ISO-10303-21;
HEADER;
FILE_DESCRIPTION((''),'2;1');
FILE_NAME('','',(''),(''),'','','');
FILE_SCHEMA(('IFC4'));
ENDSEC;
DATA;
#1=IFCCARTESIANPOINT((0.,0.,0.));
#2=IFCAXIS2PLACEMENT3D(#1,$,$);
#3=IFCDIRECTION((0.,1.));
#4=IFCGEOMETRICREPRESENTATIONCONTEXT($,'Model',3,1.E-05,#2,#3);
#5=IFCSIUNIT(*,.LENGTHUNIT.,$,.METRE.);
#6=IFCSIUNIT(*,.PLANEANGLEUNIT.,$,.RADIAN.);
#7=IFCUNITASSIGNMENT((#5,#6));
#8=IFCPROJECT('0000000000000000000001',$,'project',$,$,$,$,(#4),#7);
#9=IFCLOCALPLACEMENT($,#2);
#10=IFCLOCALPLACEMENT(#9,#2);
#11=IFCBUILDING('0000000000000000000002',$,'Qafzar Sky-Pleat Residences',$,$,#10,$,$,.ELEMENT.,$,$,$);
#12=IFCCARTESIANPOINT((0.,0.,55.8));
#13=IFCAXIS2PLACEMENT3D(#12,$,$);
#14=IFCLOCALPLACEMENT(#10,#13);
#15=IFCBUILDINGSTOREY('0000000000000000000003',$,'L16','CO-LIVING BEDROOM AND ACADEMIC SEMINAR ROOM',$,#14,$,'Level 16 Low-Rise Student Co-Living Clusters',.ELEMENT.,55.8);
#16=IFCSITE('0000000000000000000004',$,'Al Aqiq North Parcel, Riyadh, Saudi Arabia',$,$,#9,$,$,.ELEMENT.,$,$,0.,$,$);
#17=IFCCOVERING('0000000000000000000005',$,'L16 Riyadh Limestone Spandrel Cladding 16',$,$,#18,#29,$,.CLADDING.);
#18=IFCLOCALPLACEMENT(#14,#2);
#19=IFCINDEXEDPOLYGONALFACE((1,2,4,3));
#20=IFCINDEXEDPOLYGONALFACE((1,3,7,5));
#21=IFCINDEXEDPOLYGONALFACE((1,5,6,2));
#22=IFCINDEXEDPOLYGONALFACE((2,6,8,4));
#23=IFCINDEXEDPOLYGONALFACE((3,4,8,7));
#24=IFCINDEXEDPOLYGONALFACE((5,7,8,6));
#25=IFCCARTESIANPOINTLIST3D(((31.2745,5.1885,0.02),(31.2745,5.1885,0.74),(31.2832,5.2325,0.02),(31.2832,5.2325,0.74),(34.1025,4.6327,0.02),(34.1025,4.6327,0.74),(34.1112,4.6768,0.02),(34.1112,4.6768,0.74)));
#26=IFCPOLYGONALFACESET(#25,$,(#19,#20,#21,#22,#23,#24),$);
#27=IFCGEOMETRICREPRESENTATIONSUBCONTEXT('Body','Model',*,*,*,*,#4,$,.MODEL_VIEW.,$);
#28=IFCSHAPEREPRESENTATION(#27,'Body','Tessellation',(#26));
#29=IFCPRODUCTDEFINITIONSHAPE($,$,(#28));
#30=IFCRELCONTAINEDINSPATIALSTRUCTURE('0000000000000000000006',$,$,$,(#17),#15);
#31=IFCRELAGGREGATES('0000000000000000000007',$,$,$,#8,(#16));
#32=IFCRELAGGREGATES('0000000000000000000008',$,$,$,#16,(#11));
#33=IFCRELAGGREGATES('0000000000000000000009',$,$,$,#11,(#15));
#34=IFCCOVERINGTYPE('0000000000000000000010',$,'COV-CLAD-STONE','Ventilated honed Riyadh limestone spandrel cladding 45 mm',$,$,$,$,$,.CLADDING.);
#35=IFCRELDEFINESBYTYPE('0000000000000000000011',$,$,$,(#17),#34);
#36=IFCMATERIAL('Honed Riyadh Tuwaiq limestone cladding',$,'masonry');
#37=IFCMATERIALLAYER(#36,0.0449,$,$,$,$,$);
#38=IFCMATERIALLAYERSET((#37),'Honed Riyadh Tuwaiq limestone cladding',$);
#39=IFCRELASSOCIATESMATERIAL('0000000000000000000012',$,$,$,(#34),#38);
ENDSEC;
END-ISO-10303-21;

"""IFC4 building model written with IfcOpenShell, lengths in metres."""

from ifc_helpers import new_model, si_unit, direction, frame, origin, origin_2d, place, context, subcontext, project, spatial, rectangle, extrude, source, transform, mapped, material, layer, layer_set, type_object, element, save


model = new_model("IFC4")

# Units and contexts
model_context = context("Model", 3, precision=1e-05, world=origin(), true_north=direction((0.0, 1.0)))
body_context = subcontext(model_context, "Body", "Model", "MODEL_VIEW")
ifc_project = project(units=[si_unit("LENGTHUNIT", "METRE"), si_unit("PLANEANGLEUNIT", "RADIAN")], contexts=[model_context])

# Site, building, storey
site_placement = place(None, origin())
site = spatial("IfcSite", under=ifc_project, at=site_placement, Name="Al Aqiq North Parcel, Riyadh, Saudi Arabia", CompositionType="ELEMENT", RefElevation=0.0)
building_placement = place(site_placement, origin())
building = spatial("IfcBuilding", under=site, at=building_placement, Name="Qafzar Sky-Pleat Residences", CompositionType="ELEMENT")
storey_placement = place(building_placement, frame((0.0, 0.0, 55.8)))
storey = spatial("IfcBuildingStorey", under=building, at=storey_placement, Name="L16", Description="CO-LIVING BEDROOM AND ACADEMIC SEMINAR ROOM", LongName="Level 16 Low-Rise Student Co-Living Clusters", CompositionType="ELEMENT", Elevation=55.8)

# Covering
ifc_material_1 = material(Name="Honed Riyadh Tuwaiq limestone cladding", Category="masonry")
ifc_layer_1 = layer(ifc_material_1, 0.0449)
ifc_layer_set_1 = layer_set([ifc_layer_1], Name="Honed Riyadh Tuwaiq limestone cladding")
covering_type = type_object("IfcCoveringType", Name="COV-CLAD-STONE", Description="Ventilated honed Riyadh limestone spandrel cladding 45 mm", PredefinedType="CLADDING", material=ifc_layer_set_1)
shared_shape_1 = source(origin(), body_context, "Body", "SweptSolid", [
    extrude(rectangle(XDim=2.8821, YDim=0.0449, at=origin_2d()), origin(), (0.0, 0.0, 1.0), 0.72),
])
covering_1_placement = place(storey_placement, frame((32.6929, 4.9326, 0.02), z_axis=(0.0, 0.0, 1.0), x_axis=(0.981232, -0.19283, 0.0)))
element("IfcCovering", 1, at=covering_1_placement, inside=storey, type_object=covering_type, Name="L16 Riyadh Limestone Spandrel Cladding 16", PredefinedType="CLADDING", context=body_context, shape_type="MappedRepresentation", body=[
    mapped(shared_shape_1, transform((0.0, 0.0, 0.0), x_axis=(1.0, 0.0, 0.0), y_axis=(0.0, 1.0, 0.0), z_axis=(0.0, 0.0, 1.0), scale=1.0)),
])

save(model, "model.ifc")
